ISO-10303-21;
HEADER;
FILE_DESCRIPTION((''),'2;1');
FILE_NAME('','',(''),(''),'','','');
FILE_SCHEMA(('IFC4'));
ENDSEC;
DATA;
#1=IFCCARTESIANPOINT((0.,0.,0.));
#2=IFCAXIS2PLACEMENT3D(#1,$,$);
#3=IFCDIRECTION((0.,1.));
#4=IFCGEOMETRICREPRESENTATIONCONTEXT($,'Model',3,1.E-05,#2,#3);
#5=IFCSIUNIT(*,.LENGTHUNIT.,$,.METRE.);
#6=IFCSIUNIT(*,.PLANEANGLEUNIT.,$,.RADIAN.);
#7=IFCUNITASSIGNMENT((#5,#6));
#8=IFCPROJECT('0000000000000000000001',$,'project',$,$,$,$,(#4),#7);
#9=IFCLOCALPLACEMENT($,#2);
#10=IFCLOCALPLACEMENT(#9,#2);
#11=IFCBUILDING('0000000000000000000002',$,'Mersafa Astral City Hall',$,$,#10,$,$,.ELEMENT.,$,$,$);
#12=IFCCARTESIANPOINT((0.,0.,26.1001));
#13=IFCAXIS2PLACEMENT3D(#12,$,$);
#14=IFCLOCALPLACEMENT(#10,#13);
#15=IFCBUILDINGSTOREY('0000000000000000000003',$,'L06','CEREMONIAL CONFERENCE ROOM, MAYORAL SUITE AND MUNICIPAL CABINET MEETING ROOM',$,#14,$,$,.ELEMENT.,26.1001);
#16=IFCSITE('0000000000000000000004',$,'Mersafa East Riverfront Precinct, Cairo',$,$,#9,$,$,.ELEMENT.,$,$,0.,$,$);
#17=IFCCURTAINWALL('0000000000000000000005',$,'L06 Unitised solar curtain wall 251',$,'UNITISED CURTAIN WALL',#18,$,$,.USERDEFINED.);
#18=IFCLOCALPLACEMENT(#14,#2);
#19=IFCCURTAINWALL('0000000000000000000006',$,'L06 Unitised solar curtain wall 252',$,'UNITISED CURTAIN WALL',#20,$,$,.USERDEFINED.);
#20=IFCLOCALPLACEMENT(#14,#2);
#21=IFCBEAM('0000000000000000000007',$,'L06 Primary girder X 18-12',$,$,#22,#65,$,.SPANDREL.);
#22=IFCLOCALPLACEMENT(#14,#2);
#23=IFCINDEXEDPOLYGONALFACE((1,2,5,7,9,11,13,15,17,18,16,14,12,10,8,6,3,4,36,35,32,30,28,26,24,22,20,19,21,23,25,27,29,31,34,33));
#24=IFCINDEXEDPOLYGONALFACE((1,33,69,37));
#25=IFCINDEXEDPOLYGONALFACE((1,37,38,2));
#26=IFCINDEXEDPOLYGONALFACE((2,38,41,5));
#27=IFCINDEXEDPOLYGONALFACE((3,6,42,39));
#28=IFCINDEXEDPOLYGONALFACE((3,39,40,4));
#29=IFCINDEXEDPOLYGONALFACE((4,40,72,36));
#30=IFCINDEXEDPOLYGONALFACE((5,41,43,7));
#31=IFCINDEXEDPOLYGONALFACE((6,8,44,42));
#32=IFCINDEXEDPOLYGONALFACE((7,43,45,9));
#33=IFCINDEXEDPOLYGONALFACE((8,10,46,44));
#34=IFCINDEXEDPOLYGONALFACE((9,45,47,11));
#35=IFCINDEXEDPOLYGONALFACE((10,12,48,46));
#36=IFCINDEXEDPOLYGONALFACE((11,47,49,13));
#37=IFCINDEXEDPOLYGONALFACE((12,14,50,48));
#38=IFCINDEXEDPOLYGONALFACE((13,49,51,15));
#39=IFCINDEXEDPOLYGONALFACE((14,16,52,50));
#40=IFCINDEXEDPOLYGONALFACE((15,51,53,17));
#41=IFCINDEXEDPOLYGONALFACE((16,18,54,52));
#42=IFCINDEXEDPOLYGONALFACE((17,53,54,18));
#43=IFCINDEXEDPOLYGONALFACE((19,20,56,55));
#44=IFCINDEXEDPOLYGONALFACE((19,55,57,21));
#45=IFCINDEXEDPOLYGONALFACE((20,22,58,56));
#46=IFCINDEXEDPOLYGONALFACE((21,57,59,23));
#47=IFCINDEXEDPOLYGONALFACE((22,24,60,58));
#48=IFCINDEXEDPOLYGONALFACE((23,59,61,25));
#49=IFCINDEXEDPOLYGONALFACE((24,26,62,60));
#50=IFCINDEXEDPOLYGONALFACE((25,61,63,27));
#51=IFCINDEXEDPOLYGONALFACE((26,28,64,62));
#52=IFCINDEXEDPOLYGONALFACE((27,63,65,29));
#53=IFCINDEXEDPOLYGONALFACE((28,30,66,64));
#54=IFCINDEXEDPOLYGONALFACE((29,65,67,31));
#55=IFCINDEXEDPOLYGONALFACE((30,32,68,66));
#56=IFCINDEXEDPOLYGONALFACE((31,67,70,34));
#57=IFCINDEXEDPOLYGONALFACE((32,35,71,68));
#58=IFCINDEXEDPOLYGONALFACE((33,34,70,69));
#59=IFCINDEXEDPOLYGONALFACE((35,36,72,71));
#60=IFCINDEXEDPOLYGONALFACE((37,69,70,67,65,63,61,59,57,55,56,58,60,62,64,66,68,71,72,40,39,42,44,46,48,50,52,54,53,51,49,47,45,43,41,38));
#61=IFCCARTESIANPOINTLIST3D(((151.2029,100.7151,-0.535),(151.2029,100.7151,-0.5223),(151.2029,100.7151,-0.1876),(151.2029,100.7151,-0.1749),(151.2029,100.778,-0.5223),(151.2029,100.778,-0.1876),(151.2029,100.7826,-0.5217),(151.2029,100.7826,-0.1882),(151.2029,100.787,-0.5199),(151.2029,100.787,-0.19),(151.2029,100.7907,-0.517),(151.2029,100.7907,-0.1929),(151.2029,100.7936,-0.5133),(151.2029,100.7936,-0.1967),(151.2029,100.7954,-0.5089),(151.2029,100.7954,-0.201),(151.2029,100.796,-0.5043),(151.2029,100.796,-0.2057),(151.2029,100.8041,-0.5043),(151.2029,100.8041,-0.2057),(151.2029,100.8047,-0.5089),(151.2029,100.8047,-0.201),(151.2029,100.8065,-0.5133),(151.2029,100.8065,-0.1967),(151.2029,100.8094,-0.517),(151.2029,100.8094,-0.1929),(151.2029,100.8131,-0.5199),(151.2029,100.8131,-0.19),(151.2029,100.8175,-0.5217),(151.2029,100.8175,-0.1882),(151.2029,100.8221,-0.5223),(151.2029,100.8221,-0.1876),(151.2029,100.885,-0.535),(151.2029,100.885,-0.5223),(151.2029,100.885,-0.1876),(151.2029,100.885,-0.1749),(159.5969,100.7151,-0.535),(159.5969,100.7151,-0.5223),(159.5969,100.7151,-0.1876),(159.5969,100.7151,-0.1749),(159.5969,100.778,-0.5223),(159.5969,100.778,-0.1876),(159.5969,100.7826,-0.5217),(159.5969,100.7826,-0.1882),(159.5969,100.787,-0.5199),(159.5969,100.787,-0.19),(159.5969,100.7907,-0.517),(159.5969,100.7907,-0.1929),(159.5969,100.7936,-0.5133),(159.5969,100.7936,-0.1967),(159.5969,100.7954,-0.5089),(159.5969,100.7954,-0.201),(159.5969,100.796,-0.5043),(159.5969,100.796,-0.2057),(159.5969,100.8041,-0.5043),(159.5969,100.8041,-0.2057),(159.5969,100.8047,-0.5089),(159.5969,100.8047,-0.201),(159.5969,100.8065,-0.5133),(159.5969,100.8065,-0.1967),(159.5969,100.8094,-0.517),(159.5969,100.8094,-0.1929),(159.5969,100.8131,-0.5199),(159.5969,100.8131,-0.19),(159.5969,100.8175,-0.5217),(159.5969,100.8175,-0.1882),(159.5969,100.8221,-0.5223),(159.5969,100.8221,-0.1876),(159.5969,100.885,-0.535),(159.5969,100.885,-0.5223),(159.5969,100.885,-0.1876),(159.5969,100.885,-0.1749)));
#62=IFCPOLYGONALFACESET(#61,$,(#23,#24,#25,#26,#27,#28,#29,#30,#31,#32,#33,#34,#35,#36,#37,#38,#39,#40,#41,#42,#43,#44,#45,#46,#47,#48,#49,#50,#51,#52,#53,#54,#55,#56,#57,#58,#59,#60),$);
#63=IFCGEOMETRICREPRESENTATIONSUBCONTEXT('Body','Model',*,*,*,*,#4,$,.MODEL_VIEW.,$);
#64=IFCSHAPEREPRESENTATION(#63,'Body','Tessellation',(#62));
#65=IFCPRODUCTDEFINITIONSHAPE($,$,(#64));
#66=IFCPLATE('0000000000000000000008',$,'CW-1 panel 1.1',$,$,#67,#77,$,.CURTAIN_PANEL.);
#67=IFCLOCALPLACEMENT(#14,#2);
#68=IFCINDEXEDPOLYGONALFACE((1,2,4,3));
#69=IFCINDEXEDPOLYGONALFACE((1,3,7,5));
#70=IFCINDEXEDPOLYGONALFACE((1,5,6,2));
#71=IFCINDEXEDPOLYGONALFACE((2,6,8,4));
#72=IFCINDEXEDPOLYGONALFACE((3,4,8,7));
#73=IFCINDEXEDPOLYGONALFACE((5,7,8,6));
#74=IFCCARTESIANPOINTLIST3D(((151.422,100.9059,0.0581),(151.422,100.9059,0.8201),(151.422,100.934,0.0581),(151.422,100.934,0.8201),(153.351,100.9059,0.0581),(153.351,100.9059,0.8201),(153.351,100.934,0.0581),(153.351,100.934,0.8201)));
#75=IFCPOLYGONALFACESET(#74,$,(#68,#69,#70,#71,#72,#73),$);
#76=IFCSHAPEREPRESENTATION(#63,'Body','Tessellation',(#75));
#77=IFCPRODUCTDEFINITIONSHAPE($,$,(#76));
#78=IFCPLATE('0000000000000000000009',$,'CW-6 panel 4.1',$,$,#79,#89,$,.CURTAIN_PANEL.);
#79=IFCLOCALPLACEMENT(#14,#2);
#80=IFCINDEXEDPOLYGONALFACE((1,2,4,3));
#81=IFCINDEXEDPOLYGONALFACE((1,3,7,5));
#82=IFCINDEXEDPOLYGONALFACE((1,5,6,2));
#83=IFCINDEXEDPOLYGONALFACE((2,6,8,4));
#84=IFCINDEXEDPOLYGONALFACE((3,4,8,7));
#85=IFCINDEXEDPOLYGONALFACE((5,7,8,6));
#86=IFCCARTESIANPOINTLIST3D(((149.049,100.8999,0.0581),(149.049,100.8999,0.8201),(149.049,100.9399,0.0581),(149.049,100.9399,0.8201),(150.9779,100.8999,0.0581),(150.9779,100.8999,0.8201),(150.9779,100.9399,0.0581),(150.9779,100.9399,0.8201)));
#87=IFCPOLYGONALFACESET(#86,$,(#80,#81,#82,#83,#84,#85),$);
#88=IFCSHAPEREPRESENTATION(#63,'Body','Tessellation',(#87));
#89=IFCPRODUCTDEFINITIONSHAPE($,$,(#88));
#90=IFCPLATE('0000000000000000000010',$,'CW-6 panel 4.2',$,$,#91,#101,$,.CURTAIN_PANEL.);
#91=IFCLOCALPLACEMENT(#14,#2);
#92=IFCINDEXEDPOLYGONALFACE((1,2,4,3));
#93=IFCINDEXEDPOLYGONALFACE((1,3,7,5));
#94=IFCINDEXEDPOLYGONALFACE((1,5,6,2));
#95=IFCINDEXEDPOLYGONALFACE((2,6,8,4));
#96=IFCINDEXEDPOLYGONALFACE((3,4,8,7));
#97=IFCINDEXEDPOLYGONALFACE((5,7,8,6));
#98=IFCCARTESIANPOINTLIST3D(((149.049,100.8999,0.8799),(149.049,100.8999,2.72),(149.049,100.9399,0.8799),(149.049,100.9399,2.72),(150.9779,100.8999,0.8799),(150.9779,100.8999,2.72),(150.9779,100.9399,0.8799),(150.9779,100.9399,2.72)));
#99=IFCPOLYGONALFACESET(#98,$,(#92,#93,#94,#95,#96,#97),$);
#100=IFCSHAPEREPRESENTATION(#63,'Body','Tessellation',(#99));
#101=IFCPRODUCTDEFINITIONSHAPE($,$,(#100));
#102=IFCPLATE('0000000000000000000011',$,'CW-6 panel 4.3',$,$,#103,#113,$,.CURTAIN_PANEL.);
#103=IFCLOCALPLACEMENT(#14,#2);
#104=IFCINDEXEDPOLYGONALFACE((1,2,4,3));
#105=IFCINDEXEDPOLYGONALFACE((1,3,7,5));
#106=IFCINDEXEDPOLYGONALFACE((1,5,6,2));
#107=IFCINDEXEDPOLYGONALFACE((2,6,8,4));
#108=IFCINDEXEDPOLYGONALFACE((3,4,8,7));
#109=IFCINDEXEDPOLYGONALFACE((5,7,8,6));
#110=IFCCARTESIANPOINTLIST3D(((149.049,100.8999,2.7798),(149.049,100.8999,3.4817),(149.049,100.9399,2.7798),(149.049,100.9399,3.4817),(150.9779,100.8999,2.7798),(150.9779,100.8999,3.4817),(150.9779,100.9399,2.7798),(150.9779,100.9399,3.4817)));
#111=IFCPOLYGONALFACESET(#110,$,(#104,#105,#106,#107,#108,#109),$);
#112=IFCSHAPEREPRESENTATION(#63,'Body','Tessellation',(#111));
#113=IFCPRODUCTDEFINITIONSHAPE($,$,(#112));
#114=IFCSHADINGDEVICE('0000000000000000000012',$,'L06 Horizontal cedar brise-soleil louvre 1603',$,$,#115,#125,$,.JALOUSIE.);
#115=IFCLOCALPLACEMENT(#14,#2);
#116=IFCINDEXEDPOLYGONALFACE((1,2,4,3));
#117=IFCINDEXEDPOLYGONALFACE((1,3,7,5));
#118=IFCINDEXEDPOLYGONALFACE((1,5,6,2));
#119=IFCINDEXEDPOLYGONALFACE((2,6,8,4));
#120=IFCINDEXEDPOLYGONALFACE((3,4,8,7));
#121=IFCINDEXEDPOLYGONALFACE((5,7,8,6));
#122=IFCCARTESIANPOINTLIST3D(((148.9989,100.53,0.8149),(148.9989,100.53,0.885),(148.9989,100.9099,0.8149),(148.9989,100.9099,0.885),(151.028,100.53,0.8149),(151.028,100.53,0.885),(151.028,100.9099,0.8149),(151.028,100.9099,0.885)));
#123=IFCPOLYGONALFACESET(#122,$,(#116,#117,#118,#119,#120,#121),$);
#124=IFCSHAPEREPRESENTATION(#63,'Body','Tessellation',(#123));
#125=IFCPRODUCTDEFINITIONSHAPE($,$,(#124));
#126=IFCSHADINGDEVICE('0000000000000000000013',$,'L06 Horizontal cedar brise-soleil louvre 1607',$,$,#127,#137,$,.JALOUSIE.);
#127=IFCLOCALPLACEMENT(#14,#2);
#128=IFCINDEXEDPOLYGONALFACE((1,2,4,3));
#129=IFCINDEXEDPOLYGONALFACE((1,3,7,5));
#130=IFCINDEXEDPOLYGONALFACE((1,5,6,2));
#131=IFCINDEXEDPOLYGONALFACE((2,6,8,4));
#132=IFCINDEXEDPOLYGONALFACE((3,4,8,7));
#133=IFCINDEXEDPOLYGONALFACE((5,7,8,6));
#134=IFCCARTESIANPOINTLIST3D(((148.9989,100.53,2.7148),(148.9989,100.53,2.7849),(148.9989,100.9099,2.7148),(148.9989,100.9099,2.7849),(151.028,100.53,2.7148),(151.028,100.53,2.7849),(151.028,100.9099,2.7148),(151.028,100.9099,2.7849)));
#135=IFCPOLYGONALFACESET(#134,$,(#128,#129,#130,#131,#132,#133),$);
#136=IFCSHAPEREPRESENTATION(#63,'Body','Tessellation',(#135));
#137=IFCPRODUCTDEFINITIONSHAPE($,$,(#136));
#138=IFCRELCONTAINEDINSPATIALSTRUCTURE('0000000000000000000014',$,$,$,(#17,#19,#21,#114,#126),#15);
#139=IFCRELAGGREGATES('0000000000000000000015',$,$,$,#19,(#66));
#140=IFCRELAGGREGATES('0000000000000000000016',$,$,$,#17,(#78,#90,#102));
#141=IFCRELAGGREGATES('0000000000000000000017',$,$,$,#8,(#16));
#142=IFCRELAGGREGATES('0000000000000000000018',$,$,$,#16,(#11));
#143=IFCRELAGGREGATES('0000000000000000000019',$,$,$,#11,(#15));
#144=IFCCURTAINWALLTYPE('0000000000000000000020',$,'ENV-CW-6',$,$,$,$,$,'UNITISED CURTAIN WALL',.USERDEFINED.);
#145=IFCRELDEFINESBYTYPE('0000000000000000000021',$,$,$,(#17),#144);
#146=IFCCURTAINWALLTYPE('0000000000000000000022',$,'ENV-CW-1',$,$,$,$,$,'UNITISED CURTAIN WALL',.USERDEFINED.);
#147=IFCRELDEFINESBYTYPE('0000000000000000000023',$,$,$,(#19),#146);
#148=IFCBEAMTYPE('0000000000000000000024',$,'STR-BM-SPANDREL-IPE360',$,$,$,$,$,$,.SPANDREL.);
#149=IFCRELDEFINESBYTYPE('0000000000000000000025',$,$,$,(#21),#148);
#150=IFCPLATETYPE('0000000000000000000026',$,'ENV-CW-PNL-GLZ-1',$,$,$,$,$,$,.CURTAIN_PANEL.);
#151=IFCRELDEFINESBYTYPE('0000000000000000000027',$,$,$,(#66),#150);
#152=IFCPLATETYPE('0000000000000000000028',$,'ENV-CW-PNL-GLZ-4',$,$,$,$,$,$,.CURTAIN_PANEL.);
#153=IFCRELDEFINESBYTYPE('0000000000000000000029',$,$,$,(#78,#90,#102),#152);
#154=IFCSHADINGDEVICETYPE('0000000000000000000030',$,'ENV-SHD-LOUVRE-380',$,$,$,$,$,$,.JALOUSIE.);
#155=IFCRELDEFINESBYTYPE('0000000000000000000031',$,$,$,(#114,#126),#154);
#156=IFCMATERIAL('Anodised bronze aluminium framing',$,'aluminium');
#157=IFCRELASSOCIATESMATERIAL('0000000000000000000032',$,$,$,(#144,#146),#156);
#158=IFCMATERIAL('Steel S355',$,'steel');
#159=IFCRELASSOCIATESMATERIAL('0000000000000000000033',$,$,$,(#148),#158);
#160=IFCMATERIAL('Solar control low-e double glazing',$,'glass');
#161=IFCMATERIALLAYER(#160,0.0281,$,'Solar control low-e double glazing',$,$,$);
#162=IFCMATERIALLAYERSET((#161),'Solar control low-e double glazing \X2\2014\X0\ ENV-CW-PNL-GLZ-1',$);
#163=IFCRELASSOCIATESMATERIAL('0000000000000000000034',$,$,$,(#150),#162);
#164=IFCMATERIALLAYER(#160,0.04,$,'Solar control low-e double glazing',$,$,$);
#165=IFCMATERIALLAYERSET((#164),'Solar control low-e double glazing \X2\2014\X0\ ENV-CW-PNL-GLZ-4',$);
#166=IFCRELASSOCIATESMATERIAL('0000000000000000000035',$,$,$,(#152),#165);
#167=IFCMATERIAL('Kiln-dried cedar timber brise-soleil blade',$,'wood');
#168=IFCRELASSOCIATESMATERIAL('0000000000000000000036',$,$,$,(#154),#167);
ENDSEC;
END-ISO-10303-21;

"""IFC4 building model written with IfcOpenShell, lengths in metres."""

from ifc_helpers import new_model, si_unit, direction, frame, origin, origin_2d, place, context, subcontext, project, spatial, rectangle, i_section, extrude, material, layer, layer_set, material_profile, profile_set, type_object, element, aggregate, save


model = new_model("IFC4")

# Units and contexts
model_context = context("Model", 3, precision=1e-05, world=origin(), true_north=direction((0.0, 1.0)))
body_context = subcontext(model_context, "Body", "Model", "MODEL_VIEW")
ifc_project = project(units=[si_unit("LENGTHUNIT", "METRE"), si_unit("PLANEANGLEUNIT", "RADIAN")], contexts=[model_context])

# Site, building, storey
site_placement = place(None, origin())
site = spatial("IfcSite", under=ifc_project, at=site_placement, Name="Mersafa East Riverfront Precinct, Cairo", CompositionType="ELEMENT", RefElevation=0.0)
building_placement = place(site_placement, origin())
building = spatial("IfcBuilding", under=site, at=building_placement, Name="Mersafa Astral City Hall", CompositionType="ELEMENT")
storey_placement = place(building_placement, frame((0.0, 0.0, 26.1001)))
storey = spatial("IfcBuildingStorey", under=building, at=storey_placement, Name="L06", Description="CEREMONIAL CONFERENCE ROOM, MAYORAL SUITE AND MUNICIPAL CABINET MEETING ROOM", CompositionType="ELEMENT", Elevation=26.1001)

# Shared definitions
ifc_material_1 = material(Name="Steel S355", Category="steel")

# Curtain walls
ifc_material_2 = material(Name="Anodised bronze aluminium framing", Category="aluminium")
curtain_wall_type_1 = type_object("IfcCurtainWallType", Name="ENV-CW-6", ElementType="UNITISED CURTAIN WALL", PredefinedType="USERDEFINED", material=ifc_material_2)
curtain_wall_1_placement = place(storey_placement, origin())
curtain_wall_1 = element("IfcCurtainWall", 1, at=curtain_wall_1_placement, inside=storey, type_object=curtain_wall_type_1, Name="L06 Unitised solar curtain wall 251", ObjectType="UNITISED CURTAIN WALL", PredefinedType="USERDEFINED")
curtain_wall_type_2 = type_object("IfcCurtainWallType", Name="ENV-CW-1", ElementType="UNITISED CURTAIN WALL", PredefinedType="USERDEFINED", material=ifc_material_2)
curtain_wall_2_placement = place(storey_placement, origin())
curtain_wall_2 = element("IfcCurtainWall", 2, at=curtain_wall_2_placement, inside=storey, type_object=curtain_wall_type_2, Name="L06 Unitised solar curtain wall 252", ObjectType="UNITISED CURTAIN WALL", PredefinedType="USERDEFINED")

# Beam
ifc_material_profile_1 = material_profile(ifc_material_1, i_section(OverallWidth=0.1699, OverallDepth=0.3601, WebThickness=0.0081, FlangeThickness=0.0127, FilletRadius=0.0181, at=origin_2d()), Name="IPE 360")
ifc_profile_set_1 = profile_set([ifc_material_profile_1], Name="Steel S355")
beam_type_1 = type_object("IfcBeamType", Name="STR-BM-SPANDREL-IPE360", PredefinedType="SPANDREL", material=ifc_profile_set_1)
beam_1_placement = place(storey_placement, frame((151.2029, 100.8, -0.355), z_axis=(1.0, 0.0, 0.0), x_axis=(0.0, 1.0, 0.0)))
element("IfcBeam", 3, at=beam_1_placement, inside=storey, type_object=beam_type_1, Name="L06 Primary girder X 18-12", PredefinedType="SPANDREL", context=body_context, shape_type="SweptSolid", body=[
    extrude(i_section(OverallWidth=0.1699, OverallDepth=0.3601, WebThickness=0.0081, FlangeThickness=0.0127, FilletRadius=0.0181, at=origin_2d()), origin(), (0.0, 0.0, 1.0), 8.394),
])

# Plates
ifc_material_3 = material(Name="Solar control low-e double glazing", Category="glass")
ifc_layer_1 = layer(ifc_material_3, 0.0281, Name="Solar control low-e double glazing")
ifc_layer_set_1 = layer_set([ifc_layer_1], Name="Solar control low-e double glazing — ENV-CW-PNL-GLZ-1")
plate_type_1 = type_object("IfcPlateType", Name="ENV-CW-PNL-GLZ-1", PredefinedType="CURTAIN_PANEL", material=ifc_layer_set_1)
plate_1_placement = place(storey_placement, frame((152.3865, 100.9199, 0.0581), z_axis=(0.0, 0.0, 1.0), x_axis=(1.0, 0.0, 0.0)))
plate_1 = element("IfcPlate", 4, at=plate_1_placement, type_object=plate_type_1, Name="CW-1 panel 1.1", PredefinedType="CURTAIN_PANEL", context=body_context, shape_type="SweptSolid", body=[
    extrude(rectangle(XDim=1.929, YDim=0.0281, at=origin_2d()), origin(), (0.0, 0.0, 1.0), 0.762),
])
aggregate(curtain_wall_2, [plate_1])
ifc_layer_2 = layer(ifc_material_3, 0.04, Name="Solar control low-e double glazing")
ifc_layer_set_2 = layer_set([ifc_layer_2], Name="Solar control low-e double glazing — ENV-CW-PNL-GLZ-4")
plate_type_2 = type_object("IfcPlateType", Name="ENV-CW-PNL-GLZ-4", PredefinedType="CURTAIN_PANEL", material=ifc_layer_set_2)
plate_2_placement = place(storey_placement, frame((150.0134, 100.9199, 0.0581), z_axis=(0.0, 0.0, 1.0), x_axis=(1.0, 0.0, 0.0)))
plate_2 = element("IfcPlate", 5, at=plate_2_placement, type_object=plate_type_2, Name="CW-6 panel 4.1", PredefinedType="CURTAIN_PANEL", context=body_context, shape_type="SweptSolid", body=[
    extrude(rectangle(XDim=1.929, YDim=0.04, at=origin_2d()), origin(), (0.0, 0.0, 1.0), 0.762),
])
plate_3_placement = place(storey_placement, frame((150.0134, 100.9199, 0.8799), z_axis=(0.0, 0.0, 1.0), x_axis=(1.0, 0.0, 0.0)))
plate_3 = element("IfcPlate", 6, at=plate_3_placement, type_object=plate_type_2, Name="CW-6 panel 4.2", PredefinedType="CURTAIN_PANEL", context=body_context, shape_type="SweptSolid", body=[
    extrude(rectangle(XDim=1.929, YDim=0.04, at=origin_2d()), origin(), (0.0, 0.0, 1.0), 1.8401),
])
plate_4_placement = place(storey_placement, frame((150.0134, 100.9199, 2.7798), z_axis=(0.0, 0.0, 1.0), x_axis=(1.0, 0.0, 0.0)))
plate_4 = element("IfcPlate", 7, at=plate_4_placement, type_object=plate_type_2, Name="CW-6 panel 4.3", PredefinedType="CURTAIN_PANEL", context=body_context, shape_type="SweptSolid", body=[
    extrude(rectangle(XDim=1.929, YDim=0.04, at=origin_2d()), origin(), (0.0, 0.0, 1.0), 0.7019),
])
aggregate(curtain_wall_1, [plate_2, plate_3, plate_4])

# Shading devices
ifc_material_4 = material(Name="Kiln-dried cedar timber brise-soleil blade", Category="wood")
shading_device_type = type_object("IfcShadingDeviceType", Name="ENV-SHD-LOUVRE-380", PredefinedType="JALOUSIE", material=ifc_material_4)
for number, where, z_axis, x_axis, name in (
    (8, (150.0134, 100.72, 0.8149), (0.0, 0.0, 1.0), (1.0, 0.0, 0.0), "L06 Horizontal cedar brise-soleil louvre 1603"),
    (9, (150.0134, 100.72, 2.7148), (0.0, 0.0, 1.0), (1.0, 0.0, 0.0), "L06 Horizontal cedar brise-soleil louvre 1607"),
):
    element("IfcShadingDevice", number, at=place(storey_placement, frame(where, z_axis=z_axis, x_axis=x_axis)), inside=storey, type_object=shading_device_type, Name=name, PredefinedType="JALOUSIE", context=body_context, shape_type="SweptSolid", body=[
        extrude(rectangle(XDim=2.0291, YDim=0.3799, at=origin_2d()), origin(), (0.0, 0.0, 1.0), 0.0701),
    ])

save(model, "model.ifc")
